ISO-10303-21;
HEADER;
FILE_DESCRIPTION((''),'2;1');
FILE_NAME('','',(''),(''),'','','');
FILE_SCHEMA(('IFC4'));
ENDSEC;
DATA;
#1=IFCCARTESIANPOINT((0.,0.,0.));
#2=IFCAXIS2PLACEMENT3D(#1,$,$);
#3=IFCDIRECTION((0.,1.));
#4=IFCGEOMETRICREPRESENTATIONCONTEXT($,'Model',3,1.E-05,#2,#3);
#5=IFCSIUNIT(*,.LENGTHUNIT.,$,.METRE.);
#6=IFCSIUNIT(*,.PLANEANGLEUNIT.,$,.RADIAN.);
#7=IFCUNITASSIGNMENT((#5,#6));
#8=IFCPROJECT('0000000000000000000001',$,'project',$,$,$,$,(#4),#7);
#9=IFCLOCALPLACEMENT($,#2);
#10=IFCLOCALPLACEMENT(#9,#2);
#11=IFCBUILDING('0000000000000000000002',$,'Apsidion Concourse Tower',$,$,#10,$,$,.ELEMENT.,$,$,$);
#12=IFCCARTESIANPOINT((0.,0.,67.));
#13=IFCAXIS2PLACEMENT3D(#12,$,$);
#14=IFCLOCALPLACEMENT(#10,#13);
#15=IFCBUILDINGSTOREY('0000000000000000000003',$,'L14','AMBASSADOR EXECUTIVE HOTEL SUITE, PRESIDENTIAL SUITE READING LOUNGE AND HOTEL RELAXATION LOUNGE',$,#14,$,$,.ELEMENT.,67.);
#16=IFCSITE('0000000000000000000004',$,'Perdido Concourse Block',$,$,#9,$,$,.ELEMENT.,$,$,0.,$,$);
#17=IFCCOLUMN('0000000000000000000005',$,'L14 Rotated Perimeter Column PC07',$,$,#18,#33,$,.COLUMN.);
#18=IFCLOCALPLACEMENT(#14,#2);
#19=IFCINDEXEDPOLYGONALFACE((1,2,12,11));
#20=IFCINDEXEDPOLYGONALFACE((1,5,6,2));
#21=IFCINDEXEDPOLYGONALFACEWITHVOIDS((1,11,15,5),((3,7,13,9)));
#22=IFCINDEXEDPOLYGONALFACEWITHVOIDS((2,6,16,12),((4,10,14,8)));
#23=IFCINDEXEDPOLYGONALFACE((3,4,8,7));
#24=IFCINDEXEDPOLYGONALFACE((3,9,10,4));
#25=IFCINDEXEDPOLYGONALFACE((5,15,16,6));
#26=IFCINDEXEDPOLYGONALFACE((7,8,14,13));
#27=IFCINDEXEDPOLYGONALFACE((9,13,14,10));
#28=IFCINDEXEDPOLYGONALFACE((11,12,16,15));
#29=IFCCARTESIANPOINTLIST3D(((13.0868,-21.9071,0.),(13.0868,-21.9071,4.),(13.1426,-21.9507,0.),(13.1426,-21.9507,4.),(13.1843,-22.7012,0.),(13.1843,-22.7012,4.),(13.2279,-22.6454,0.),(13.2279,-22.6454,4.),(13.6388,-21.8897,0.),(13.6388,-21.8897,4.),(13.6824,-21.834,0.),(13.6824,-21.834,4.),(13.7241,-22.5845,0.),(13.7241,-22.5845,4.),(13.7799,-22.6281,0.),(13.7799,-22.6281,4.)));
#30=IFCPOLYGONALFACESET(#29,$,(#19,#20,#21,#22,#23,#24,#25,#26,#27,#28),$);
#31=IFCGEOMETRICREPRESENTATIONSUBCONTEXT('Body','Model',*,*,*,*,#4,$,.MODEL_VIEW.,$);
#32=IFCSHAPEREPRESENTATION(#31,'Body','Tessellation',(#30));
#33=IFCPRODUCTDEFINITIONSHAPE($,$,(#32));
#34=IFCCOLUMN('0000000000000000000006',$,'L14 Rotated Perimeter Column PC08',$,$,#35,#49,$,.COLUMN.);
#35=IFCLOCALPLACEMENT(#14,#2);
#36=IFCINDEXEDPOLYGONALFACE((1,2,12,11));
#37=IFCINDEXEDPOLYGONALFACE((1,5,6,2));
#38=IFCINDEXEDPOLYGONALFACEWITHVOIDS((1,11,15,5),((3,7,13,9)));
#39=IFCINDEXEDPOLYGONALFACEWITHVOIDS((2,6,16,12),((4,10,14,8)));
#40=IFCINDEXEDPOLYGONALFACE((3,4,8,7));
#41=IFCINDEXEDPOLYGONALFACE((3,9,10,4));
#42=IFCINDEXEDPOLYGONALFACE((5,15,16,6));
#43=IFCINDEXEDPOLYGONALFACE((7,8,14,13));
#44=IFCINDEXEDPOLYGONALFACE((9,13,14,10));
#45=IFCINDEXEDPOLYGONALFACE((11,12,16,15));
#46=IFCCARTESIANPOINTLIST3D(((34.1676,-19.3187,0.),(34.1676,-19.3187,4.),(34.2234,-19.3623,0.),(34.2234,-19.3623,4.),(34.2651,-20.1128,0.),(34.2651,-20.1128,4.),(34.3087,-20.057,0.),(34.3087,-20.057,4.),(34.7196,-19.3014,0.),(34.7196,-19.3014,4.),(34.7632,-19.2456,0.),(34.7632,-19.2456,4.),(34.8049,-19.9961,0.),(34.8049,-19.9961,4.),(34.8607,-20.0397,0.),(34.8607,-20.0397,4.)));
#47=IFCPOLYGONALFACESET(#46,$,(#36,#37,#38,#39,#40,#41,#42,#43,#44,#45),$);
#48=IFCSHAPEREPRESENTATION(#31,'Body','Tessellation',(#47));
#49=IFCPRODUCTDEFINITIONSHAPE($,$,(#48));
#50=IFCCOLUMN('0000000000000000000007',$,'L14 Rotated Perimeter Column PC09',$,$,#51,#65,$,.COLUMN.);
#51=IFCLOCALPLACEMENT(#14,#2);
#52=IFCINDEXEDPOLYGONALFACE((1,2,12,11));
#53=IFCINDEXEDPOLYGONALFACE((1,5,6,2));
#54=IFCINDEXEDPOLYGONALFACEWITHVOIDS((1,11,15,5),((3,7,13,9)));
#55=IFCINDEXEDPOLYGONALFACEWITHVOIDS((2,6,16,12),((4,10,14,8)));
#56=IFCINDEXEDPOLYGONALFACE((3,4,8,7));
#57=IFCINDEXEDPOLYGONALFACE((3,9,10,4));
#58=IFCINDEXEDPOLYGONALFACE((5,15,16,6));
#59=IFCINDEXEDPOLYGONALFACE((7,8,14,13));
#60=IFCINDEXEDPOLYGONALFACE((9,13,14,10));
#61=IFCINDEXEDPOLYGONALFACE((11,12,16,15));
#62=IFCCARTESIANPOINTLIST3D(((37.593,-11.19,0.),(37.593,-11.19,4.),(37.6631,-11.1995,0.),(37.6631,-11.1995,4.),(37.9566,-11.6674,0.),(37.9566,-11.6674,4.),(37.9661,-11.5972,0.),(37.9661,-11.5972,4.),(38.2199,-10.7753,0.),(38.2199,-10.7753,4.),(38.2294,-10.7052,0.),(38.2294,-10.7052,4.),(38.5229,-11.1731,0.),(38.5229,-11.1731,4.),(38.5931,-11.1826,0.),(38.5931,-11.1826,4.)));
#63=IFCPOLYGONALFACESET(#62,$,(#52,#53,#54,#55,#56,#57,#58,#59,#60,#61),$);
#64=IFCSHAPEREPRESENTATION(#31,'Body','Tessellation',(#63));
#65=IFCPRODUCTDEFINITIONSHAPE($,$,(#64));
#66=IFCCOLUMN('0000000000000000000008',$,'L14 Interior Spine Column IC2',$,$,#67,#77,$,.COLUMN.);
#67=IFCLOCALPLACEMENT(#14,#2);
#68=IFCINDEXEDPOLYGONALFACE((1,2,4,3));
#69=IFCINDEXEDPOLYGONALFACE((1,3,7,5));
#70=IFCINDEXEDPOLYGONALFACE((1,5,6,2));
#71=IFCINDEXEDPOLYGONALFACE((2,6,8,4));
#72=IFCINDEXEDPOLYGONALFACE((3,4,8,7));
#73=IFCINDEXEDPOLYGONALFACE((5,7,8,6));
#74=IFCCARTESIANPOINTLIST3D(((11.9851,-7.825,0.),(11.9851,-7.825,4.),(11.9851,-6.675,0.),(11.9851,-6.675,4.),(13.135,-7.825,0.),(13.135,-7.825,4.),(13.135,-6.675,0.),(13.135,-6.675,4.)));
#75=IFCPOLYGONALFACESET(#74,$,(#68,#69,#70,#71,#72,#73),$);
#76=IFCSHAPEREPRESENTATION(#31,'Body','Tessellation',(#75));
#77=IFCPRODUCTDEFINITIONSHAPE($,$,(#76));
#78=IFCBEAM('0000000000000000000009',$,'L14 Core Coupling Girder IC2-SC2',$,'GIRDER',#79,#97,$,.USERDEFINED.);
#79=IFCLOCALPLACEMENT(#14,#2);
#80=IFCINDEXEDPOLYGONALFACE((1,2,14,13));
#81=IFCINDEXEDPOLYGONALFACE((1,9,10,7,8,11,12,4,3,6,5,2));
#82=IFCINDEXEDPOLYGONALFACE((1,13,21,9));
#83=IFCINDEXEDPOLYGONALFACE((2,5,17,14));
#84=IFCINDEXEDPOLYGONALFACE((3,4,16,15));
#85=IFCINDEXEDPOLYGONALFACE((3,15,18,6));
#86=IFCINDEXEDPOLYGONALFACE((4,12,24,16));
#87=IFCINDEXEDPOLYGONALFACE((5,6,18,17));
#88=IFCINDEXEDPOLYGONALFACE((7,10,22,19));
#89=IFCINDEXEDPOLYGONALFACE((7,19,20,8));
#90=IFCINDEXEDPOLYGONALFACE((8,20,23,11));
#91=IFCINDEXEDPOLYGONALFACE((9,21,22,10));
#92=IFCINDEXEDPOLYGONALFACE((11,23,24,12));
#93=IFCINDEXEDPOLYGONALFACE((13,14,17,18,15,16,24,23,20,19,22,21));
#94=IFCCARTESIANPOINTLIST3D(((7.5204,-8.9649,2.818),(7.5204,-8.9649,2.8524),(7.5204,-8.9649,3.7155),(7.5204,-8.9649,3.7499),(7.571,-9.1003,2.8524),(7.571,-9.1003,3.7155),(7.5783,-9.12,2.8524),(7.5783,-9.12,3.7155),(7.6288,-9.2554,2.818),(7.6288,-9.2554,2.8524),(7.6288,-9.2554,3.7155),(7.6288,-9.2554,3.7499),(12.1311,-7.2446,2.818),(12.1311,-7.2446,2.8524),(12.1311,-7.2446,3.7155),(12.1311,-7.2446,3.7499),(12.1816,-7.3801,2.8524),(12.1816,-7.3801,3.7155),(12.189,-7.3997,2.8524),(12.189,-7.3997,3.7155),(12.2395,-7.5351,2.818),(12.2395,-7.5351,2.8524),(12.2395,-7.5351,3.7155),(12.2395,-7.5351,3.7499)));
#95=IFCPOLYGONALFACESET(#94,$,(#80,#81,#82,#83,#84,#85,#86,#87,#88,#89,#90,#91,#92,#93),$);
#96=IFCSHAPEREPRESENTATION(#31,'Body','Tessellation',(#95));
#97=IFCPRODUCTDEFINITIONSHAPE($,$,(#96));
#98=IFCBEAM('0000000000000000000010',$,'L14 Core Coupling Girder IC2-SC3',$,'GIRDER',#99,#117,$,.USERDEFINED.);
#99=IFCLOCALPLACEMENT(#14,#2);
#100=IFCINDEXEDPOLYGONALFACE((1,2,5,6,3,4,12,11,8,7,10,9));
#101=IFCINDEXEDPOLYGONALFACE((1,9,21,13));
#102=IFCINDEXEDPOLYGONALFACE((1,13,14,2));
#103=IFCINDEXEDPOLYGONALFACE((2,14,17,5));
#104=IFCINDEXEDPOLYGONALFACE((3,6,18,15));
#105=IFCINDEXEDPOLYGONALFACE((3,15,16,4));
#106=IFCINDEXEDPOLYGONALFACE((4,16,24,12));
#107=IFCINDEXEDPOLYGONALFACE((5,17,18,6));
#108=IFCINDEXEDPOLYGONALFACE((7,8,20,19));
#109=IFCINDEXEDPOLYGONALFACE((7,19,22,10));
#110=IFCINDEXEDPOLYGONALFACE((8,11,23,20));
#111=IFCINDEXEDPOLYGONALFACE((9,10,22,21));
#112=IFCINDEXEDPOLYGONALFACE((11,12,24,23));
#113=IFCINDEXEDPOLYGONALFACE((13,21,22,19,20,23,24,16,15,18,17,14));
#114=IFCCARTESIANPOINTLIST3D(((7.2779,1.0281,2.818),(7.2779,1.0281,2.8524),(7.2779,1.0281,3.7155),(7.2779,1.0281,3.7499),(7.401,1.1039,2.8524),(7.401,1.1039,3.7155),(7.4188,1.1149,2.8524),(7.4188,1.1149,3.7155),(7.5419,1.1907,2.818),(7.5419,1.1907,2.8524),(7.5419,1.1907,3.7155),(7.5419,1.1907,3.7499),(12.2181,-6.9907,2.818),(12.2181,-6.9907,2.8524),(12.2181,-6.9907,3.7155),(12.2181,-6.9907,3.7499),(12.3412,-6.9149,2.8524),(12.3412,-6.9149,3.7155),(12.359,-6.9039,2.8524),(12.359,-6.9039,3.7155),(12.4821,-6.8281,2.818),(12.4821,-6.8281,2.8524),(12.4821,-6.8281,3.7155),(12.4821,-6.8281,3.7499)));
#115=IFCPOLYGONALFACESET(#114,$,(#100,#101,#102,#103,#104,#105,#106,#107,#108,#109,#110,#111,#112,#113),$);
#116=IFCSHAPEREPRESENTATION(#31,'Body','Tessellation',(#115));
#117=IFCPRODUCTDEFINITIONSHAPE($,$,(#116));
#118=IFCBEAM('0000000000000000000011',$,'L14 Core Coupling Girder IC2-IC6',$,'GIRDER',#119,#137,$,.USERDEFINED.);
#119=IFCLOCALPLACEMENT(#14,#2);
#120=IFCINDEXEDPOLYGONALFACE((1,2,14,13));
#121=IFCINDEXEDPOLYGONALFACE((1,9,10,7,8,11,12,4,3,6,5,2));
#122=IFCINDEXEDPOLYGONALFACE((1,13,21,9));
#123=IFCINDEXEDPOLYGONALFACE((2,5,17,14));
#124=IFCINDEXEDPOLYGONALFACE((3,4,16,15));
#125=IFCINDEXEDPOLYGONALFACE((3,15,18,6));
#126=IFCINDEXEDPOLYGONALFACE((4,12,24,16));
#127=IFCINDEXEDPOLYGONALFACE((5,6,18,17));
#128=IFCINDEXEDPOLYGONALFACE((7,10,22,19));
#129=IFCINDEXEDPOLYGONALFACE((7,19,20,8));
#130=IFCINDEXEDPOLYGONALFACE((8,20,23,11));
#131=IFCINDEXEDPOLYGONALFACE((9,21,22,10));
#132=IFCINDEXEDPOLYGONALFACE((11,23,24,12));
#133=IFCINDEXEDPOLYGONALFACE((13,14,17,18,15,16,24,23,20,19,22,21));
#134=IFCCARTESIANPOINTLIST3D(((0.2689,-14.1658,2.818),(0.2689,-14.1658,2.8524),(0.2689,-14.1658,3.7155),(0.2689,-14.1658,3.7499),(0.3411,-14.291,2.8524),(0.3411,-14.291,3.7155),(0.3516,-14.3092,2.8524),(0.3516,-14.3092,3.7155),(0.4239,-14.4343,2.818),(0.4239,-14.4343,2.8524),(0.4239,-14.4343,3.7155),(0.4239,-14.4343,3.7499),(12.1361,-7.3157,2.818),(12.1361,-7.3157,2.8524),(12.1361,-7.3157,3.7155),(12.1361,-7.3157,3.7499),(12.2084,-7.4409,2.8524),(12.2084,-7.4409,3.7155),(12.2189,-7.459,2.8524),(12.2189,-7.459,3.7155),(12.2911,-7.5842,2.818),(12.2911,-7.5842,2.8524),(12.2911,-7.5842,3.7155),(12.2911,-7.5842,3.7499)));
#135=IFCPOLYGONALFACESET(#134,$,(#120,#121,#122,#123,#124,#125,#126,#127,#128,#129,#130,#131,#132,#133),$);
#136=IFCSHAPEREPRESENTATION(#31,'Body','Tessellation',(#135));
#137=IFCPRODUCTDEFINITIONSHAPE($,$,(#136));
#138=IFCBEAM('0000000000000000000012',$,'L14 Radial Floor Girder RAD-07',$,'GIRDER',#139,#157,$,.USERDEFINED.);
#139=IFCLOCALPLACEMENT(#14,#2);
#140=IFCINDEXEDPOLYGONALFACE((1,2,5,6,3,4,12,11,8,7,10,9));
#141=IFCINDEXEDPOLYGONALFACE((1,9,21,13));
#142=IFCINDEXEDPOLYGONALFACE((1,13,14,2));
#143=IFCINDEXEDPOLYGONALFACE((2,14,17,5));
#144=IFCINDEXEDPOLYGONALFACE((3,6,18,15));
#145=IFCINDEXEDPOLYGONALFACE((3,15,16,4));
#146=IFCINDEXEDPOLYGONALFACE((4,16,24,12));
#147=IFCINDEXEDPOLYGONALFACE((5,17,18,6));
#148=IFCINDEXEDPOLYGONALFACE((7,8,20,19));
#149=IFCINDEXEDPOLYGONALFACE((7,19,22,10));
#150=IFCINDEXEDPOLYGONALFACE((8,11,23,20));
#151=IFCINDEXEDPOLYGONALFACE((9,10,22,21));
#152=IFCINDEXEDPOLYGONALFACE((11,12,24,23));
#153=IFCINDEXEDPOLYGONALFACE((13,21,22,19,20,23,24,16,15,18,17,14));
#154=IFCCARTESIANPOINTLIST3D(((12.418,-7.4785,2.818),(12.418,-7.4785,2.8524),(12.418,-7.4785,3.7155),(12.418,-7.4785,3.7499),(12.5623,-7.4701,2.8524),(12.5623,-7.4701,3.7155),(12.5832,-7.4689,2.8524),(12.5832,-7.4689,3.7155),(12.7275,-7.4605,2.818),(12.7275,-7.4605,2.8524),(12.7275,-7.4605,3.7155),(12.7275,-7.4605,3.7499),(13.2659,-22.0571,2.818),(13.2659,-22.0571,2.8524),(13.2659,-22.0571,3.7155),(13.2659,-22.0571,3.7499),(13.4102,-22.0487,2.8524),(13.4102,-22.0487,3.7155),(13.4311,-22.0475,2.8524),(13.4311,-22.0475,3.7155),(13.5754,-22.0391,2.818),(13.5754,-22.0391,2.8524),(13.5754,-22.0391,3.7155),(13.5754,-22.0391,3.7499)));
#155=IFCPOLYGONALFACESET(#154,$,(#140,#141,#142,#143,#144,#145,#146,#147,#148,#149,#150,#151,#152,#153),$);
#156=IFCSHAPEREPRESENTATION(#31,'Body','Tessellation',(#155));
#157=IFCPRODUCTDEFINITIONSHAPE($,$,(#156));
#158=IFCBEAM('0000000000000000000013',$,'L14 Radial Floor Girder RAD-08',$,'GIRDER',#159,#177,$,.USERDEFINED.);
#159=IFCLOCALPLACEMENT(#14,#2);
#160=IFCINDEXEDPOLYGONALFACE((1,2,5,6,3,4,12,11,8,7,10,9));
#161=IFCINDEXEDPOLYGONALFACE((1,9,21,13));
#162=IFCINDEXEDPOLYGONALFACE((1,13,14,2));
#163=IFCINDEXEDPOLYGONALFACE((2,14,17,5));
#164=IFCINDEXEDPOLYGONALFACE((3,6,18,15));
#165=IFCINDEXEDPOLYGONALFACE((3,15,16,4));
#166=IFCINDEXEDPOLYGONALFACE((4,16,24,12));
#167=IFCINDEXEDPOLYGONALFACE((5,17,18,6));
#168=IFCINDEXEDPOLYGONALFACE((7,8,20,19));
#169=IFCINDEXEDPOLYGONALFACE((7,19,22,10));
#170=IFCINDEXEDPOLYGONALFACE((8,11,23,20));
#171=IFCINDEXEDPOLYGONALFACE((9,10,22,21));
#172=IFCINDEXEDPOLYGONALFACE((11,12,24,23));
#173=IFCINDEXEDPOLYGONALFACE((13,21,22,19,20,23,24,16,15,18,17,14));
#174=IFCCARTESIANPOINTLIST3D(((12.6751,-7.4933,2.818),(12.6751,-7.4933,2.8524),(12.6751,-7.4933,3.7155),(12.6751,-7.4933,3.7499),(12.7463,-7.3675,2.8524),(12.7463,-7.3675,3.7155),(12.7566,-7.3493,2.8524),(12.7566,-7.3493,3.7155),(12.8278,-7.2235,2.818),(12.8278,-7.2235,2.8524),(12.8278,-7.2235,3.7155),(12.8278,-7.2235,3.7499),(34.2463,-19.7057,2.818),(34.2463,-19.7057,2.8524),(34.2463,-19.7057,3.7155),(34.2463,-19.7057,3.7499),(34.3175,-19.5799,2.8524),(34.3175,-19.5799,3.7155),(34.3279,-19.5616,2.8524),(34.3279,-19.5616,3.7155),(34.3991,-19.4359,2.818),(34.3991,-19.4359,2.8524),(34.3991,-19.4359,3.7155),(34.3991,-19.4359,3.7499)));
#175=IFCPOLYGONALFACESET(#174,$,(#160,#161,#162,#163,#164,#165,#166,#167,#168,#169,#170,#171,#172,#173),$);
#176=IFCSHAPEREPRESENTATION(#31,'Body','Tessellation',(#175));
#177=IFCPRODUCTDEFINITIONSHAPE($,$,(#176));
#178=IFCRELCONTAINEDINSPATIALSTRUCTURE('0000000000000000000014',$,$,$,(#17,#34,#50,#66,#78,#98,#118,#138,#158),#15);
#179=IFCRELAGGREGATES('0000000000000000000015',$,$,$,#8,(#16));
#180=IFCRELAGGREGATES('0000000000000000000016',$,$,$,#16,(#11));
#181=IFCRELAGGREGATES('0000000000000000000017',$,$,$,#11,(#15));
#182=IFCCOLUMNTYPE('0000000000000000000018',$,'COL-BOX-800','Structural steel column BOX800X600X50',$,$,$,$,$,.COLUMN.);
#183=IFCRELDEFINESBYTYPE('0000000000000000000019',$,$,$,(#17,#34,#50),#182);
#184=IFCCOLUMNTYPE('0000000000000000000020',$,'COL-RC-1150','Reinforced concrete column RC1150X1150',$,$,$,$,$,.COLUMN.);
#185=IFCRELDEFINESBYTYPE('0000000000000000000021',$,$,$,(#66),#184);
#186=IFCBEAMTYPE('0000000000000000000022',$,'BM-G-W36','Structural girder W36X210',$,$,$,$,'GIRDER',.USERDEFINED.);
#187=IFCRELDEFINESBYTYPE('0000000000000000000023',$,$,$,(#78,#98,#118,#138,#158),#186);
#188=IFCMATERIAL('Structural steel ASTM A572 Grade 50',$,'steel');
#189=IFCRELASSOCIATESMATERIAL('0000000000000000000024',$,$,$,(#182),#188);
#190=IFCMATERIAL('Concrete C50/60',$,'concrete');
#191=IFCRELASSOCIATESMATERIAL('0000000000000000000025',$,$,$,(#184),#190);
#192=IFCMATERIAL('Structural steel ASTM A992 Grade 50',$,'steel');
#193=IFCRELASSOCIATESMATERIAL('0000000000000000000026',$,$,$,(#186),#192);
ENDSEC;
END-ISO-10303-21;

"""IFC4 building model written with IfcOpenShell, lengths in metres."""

from ifc_helpers import new_model, si_unit, direction, frame, origin, origin_2d, place, context, subcontext, project, spatial, rectangle, hollow_rectangle, i_section, extrude, material, material_profile, profile_set, type_object, element, save


model = new_model("IFC4")

# Units and contexts
model_context = context("Model", 3, precision=1e-05, world=origin(), true_north=direction((0.0, 1.0)))
body_context = subcontext(model_context, "Body", "Model", "MODEL_VIEW")
ifc_project = project(units=[si_unit("LENGTHUNIT", "METRE"), si_unit("PLANEANGLEUNIT", "RADIAN")], contexts=[model_context])

# Site, building, storey
site_placement = place(None, origin())
site = spatial("IfcSite", under=ifc_project, at=site_placement, Name="Perdido Concourse Block", CompositionType="ELEMENT", RefElevation=0.0)
building_placement = place(site_placement, origin())
building = spatial("IfcBuilding", under=site, at=building_placement, Name="Apsidion Concourse Tower", CompositionType="ELEMENT")
storey_placement = place(building_placement, frame((0.0, 0.0, 67.0)))
storey = spatial("IfcBuildingStorey", under=building, at=storey_placement, Name="L14", Description="AMBASSADOR EXECUTIVE HOTEL SUITE, PRESIDENTIAL SUITE READING LOUNGE AND HOTEL RELAXATION LOUNGE", CompositionType="ELEMENT", Elevation=67.0)

# Columns
ifc_material_1 = material(Name="Structural steel ASTM A572 Grade 50", Category="steel")
ifc_material_profile_1 = material_profile(ifc_material_1, hollow_rectangle(XDim=0.6001, YDim=0.8, WallThickness=0.05, at=origin_2d()), Name="BOX800X600X50")
ifc_profile_set_1 = profile_set([ifc_material_profile_1], Name="Structural steel ASTM A572 Grade 50")
column_type_1 = type_object("IfcColumnType", Name="COL-BOX-800", Description="Structural steel column BOX800X600X50", PredefinedType="COLUMN", material=ifc_profile_set_1)
for number, where, z_axis, x_axis, name in (
    (1, (13.4333, -22.2676, 0.0), (0.0, 0.0, 1.0), (0.992546, 0.121869, 0.0), "L14 Rotated Perimeter Column PC07"),
    (2, (34.5142, -19.6792, 0.0), (0.0, 0.0, 1.0), (0.992546, 0.121869, 0.0), "L14 Rotated Perimeter Column PC08"),
    (3, (38.093, -11.1863, 0.0), (0.0, 0.0, 1.0), (-0.605988, 0.795473, 0.0), "L14 Rotated Perimeter Column PC09"),
):
    element("IfcColumn", number, at=place(storey_placement, frame(where, z_axis=z_axis, x_axis=x_axis)), inside=storey, type_object=column_type_1, Name=name, PredefinedType="COLUMN", context=body_context, shape_type="SweptSolid", body=[
        extrude(hollow_rectangle(XDim=0.6001, YDim=0.8, WallThickness=0.05, at=origin_2d()), origin(), (0.0, 0.0, 1.0), 4.0),
    ])
ifc_material_2 = material(Name="Concrete C50/60", Category="concrete")
ifc_material_profile_2 = material_profile(ifc_material_2, rectangle(XDim=1.1499, YDim=1.1499, at=origin_2d()), Name="RC 1150x1150")
ifc_profile_set_2 = profile_set([ifc_material_profile_2], Name="Concrete C50/60")
column_type_2 = type_object("IfcColumnType", Name="COL-RC-1150", Description="Reinforced concrete column RC1150X1150", PredefinedType="COLUMN", material=ifc_profile_set_2)
column_placement = place(storey_placement, frame((12.5601, -7.25, 0.0), z_axis=(0.0, 0.0, 1.0), x_axis=(1.0, 0.0, 0.0)))
element("IfcColumn", 4, at=column_placement, inside=storey, type_object=column_type_2, Name="L14 Interior Spine Column IC2", PredefinedType="COLUMN", context=body_context, shape_type="SweptSolid", body=[
    extrude(rectangle(XDim=1.1499, YDim=1.1499, at=origin_2d()), origin(), (0.0, 0.0, 1.0), 4.0),
])

# Beams
ifc_material_3 = material(Name="Structural steel ASTM A992 Grade 50", Category="steel")
ifc_material_profile_3 = material_profile(ifc_material_3, i_section(OverallWidth=0.3101, OverallDepth=0.9319, WebThickness=0.021, FlangeThickness=0.0344, at=origin_2d()), Name="W36X210")
ifc_profile_set_3 = profile_set([ifc_material_profile_3], Name="Structural steel ASTM A992 Grade 50")
beam_type_1 = type_object("IfcBeamType", Name="BM-G-W36", Description="Structural girder W36X210", ElementType="GIRDER", PredefinedType="USERDEFINED", material=ifc_profile_set_3)
beam_1_placement = place(storey_placement, frame((12.1853, -7.3899, 3.2839), z_axis=(-0.936913, -0.349563, 0.0), x_axis=(0.349563, -0.936913, 0.0)))
element("IfcBeam", 5, at=beam_1_placement, inside=storey, type_object=beam_type_1, Name="L14 Core Coupling Girder IC2-SC2", ObjectType="GIRDER", PredefinedType="USERDEFINED", context=body_context, shape_type="SweptSolid", body=[
    extrude(i_section(OverallWidth=0.3101, OverallDepth=0.9319, WebThickness=0.021, FlangeThickness=0.0344, at=origin_2d()), origin(), (0.0, 0.0, 1.0), 4.9211),
])
beam_2_placement = place(storey_placement, frame((12.3501, -6.9094, 3.2839), z_axis=(-0.524524, 0.851396, 0.0), x_axis=(-0.851396, -0.524524, 0.0)))
element("IfcBeam", 6, at=beam_2_placement, inside=storey, type_object=beam_type_1, Name="L14 Core Coupling Girder IC2-SC3", ObjectType="GIRDER", PredefinedType="USERDEFINED", context=body_context, shape_type="SweptSolid", body=[
    extrude(i_section(OverallWidth=0.3101, OverallDepth=0.9319, WebThickness=0.021, FlangeThickness=0.0344, at=origin_2d()), origin(), (0.0, 0.0, 1.0), 9.4185),
])
beam_3_placement = place(storey_placement, frame((12.2136, -7.45, 3.2839), z_axis=(-0.86607, -0.499922, 0.0), x_axis=(0.499922, -0.86607, 0.0)))
element("IfcBeam", 7, at=beam_3_placement, inside=storey, type_object=beam_type_1, Name="L14 Core Coupling Girder IC2-IC6", ObjectType="GIRDER", PredefinedType="USERDEFINED", context=body_context, shape_type="SweptSolid", body=[
    extrude(i_section(OverallWidth=0.3101, OverallDepth=0.9319, WebThickness=0.021, FlangeThickness=0.0344, at=origin_2d()), origin(), (0.0, 0.0, 1.0), 13.7024),
])
beam_4_placement = place(storey_placement, frame((12.5728, -7.4695, 3.2839), z_axis=(0.058062, -0.998313, 0.0), x_axis=(0.998313, 0.058062, 0.0)))
element("IfcBeam", 8, at=beam_4_placement, inside=storey, type_object=beam_type_1, Name="L14 Radial Floor Girder RAD-07", ObjectType="GIRDER", PredefinedType="USERDEFINED", context=body_context, shape_type="SweptSolid", body=[
    extrude(i_section(OverallWidth=0.3101, OverallDepth=0.9319, WebThickness=0.021, FlangeThickness=0.0344, at=origin_2d()), origin(), (0.0, 0.0, 1.0), 14.6033),
])
beam_5_placement = place(storey_placement, frame((12.7515, -7.3584, 3.2839), z_axis=(0.870218, -0.492667, 0.0), x_axis=(0.492667, 0.870218, 0.0)))
element("IfcBeam", 9, at=beam_5_placement, inside=storey, type_object=beam_type_1, Name="L14 Radial Floor Girder RAD-08", ObjectType="GIRDER", PredefinedType="USERDEFINED", context=body_context, shape_type="SweptSolid", body=[
    extrude(i_section(OverallWidth=0.3101, OverallDepth=0.9319, WebThickness=0.021, FlangeThickness=0.0344, at=origin_2d()), origin(), (0.0, 0.0, 1.0), 24.7883),
])

save(model, "model.ifc")
